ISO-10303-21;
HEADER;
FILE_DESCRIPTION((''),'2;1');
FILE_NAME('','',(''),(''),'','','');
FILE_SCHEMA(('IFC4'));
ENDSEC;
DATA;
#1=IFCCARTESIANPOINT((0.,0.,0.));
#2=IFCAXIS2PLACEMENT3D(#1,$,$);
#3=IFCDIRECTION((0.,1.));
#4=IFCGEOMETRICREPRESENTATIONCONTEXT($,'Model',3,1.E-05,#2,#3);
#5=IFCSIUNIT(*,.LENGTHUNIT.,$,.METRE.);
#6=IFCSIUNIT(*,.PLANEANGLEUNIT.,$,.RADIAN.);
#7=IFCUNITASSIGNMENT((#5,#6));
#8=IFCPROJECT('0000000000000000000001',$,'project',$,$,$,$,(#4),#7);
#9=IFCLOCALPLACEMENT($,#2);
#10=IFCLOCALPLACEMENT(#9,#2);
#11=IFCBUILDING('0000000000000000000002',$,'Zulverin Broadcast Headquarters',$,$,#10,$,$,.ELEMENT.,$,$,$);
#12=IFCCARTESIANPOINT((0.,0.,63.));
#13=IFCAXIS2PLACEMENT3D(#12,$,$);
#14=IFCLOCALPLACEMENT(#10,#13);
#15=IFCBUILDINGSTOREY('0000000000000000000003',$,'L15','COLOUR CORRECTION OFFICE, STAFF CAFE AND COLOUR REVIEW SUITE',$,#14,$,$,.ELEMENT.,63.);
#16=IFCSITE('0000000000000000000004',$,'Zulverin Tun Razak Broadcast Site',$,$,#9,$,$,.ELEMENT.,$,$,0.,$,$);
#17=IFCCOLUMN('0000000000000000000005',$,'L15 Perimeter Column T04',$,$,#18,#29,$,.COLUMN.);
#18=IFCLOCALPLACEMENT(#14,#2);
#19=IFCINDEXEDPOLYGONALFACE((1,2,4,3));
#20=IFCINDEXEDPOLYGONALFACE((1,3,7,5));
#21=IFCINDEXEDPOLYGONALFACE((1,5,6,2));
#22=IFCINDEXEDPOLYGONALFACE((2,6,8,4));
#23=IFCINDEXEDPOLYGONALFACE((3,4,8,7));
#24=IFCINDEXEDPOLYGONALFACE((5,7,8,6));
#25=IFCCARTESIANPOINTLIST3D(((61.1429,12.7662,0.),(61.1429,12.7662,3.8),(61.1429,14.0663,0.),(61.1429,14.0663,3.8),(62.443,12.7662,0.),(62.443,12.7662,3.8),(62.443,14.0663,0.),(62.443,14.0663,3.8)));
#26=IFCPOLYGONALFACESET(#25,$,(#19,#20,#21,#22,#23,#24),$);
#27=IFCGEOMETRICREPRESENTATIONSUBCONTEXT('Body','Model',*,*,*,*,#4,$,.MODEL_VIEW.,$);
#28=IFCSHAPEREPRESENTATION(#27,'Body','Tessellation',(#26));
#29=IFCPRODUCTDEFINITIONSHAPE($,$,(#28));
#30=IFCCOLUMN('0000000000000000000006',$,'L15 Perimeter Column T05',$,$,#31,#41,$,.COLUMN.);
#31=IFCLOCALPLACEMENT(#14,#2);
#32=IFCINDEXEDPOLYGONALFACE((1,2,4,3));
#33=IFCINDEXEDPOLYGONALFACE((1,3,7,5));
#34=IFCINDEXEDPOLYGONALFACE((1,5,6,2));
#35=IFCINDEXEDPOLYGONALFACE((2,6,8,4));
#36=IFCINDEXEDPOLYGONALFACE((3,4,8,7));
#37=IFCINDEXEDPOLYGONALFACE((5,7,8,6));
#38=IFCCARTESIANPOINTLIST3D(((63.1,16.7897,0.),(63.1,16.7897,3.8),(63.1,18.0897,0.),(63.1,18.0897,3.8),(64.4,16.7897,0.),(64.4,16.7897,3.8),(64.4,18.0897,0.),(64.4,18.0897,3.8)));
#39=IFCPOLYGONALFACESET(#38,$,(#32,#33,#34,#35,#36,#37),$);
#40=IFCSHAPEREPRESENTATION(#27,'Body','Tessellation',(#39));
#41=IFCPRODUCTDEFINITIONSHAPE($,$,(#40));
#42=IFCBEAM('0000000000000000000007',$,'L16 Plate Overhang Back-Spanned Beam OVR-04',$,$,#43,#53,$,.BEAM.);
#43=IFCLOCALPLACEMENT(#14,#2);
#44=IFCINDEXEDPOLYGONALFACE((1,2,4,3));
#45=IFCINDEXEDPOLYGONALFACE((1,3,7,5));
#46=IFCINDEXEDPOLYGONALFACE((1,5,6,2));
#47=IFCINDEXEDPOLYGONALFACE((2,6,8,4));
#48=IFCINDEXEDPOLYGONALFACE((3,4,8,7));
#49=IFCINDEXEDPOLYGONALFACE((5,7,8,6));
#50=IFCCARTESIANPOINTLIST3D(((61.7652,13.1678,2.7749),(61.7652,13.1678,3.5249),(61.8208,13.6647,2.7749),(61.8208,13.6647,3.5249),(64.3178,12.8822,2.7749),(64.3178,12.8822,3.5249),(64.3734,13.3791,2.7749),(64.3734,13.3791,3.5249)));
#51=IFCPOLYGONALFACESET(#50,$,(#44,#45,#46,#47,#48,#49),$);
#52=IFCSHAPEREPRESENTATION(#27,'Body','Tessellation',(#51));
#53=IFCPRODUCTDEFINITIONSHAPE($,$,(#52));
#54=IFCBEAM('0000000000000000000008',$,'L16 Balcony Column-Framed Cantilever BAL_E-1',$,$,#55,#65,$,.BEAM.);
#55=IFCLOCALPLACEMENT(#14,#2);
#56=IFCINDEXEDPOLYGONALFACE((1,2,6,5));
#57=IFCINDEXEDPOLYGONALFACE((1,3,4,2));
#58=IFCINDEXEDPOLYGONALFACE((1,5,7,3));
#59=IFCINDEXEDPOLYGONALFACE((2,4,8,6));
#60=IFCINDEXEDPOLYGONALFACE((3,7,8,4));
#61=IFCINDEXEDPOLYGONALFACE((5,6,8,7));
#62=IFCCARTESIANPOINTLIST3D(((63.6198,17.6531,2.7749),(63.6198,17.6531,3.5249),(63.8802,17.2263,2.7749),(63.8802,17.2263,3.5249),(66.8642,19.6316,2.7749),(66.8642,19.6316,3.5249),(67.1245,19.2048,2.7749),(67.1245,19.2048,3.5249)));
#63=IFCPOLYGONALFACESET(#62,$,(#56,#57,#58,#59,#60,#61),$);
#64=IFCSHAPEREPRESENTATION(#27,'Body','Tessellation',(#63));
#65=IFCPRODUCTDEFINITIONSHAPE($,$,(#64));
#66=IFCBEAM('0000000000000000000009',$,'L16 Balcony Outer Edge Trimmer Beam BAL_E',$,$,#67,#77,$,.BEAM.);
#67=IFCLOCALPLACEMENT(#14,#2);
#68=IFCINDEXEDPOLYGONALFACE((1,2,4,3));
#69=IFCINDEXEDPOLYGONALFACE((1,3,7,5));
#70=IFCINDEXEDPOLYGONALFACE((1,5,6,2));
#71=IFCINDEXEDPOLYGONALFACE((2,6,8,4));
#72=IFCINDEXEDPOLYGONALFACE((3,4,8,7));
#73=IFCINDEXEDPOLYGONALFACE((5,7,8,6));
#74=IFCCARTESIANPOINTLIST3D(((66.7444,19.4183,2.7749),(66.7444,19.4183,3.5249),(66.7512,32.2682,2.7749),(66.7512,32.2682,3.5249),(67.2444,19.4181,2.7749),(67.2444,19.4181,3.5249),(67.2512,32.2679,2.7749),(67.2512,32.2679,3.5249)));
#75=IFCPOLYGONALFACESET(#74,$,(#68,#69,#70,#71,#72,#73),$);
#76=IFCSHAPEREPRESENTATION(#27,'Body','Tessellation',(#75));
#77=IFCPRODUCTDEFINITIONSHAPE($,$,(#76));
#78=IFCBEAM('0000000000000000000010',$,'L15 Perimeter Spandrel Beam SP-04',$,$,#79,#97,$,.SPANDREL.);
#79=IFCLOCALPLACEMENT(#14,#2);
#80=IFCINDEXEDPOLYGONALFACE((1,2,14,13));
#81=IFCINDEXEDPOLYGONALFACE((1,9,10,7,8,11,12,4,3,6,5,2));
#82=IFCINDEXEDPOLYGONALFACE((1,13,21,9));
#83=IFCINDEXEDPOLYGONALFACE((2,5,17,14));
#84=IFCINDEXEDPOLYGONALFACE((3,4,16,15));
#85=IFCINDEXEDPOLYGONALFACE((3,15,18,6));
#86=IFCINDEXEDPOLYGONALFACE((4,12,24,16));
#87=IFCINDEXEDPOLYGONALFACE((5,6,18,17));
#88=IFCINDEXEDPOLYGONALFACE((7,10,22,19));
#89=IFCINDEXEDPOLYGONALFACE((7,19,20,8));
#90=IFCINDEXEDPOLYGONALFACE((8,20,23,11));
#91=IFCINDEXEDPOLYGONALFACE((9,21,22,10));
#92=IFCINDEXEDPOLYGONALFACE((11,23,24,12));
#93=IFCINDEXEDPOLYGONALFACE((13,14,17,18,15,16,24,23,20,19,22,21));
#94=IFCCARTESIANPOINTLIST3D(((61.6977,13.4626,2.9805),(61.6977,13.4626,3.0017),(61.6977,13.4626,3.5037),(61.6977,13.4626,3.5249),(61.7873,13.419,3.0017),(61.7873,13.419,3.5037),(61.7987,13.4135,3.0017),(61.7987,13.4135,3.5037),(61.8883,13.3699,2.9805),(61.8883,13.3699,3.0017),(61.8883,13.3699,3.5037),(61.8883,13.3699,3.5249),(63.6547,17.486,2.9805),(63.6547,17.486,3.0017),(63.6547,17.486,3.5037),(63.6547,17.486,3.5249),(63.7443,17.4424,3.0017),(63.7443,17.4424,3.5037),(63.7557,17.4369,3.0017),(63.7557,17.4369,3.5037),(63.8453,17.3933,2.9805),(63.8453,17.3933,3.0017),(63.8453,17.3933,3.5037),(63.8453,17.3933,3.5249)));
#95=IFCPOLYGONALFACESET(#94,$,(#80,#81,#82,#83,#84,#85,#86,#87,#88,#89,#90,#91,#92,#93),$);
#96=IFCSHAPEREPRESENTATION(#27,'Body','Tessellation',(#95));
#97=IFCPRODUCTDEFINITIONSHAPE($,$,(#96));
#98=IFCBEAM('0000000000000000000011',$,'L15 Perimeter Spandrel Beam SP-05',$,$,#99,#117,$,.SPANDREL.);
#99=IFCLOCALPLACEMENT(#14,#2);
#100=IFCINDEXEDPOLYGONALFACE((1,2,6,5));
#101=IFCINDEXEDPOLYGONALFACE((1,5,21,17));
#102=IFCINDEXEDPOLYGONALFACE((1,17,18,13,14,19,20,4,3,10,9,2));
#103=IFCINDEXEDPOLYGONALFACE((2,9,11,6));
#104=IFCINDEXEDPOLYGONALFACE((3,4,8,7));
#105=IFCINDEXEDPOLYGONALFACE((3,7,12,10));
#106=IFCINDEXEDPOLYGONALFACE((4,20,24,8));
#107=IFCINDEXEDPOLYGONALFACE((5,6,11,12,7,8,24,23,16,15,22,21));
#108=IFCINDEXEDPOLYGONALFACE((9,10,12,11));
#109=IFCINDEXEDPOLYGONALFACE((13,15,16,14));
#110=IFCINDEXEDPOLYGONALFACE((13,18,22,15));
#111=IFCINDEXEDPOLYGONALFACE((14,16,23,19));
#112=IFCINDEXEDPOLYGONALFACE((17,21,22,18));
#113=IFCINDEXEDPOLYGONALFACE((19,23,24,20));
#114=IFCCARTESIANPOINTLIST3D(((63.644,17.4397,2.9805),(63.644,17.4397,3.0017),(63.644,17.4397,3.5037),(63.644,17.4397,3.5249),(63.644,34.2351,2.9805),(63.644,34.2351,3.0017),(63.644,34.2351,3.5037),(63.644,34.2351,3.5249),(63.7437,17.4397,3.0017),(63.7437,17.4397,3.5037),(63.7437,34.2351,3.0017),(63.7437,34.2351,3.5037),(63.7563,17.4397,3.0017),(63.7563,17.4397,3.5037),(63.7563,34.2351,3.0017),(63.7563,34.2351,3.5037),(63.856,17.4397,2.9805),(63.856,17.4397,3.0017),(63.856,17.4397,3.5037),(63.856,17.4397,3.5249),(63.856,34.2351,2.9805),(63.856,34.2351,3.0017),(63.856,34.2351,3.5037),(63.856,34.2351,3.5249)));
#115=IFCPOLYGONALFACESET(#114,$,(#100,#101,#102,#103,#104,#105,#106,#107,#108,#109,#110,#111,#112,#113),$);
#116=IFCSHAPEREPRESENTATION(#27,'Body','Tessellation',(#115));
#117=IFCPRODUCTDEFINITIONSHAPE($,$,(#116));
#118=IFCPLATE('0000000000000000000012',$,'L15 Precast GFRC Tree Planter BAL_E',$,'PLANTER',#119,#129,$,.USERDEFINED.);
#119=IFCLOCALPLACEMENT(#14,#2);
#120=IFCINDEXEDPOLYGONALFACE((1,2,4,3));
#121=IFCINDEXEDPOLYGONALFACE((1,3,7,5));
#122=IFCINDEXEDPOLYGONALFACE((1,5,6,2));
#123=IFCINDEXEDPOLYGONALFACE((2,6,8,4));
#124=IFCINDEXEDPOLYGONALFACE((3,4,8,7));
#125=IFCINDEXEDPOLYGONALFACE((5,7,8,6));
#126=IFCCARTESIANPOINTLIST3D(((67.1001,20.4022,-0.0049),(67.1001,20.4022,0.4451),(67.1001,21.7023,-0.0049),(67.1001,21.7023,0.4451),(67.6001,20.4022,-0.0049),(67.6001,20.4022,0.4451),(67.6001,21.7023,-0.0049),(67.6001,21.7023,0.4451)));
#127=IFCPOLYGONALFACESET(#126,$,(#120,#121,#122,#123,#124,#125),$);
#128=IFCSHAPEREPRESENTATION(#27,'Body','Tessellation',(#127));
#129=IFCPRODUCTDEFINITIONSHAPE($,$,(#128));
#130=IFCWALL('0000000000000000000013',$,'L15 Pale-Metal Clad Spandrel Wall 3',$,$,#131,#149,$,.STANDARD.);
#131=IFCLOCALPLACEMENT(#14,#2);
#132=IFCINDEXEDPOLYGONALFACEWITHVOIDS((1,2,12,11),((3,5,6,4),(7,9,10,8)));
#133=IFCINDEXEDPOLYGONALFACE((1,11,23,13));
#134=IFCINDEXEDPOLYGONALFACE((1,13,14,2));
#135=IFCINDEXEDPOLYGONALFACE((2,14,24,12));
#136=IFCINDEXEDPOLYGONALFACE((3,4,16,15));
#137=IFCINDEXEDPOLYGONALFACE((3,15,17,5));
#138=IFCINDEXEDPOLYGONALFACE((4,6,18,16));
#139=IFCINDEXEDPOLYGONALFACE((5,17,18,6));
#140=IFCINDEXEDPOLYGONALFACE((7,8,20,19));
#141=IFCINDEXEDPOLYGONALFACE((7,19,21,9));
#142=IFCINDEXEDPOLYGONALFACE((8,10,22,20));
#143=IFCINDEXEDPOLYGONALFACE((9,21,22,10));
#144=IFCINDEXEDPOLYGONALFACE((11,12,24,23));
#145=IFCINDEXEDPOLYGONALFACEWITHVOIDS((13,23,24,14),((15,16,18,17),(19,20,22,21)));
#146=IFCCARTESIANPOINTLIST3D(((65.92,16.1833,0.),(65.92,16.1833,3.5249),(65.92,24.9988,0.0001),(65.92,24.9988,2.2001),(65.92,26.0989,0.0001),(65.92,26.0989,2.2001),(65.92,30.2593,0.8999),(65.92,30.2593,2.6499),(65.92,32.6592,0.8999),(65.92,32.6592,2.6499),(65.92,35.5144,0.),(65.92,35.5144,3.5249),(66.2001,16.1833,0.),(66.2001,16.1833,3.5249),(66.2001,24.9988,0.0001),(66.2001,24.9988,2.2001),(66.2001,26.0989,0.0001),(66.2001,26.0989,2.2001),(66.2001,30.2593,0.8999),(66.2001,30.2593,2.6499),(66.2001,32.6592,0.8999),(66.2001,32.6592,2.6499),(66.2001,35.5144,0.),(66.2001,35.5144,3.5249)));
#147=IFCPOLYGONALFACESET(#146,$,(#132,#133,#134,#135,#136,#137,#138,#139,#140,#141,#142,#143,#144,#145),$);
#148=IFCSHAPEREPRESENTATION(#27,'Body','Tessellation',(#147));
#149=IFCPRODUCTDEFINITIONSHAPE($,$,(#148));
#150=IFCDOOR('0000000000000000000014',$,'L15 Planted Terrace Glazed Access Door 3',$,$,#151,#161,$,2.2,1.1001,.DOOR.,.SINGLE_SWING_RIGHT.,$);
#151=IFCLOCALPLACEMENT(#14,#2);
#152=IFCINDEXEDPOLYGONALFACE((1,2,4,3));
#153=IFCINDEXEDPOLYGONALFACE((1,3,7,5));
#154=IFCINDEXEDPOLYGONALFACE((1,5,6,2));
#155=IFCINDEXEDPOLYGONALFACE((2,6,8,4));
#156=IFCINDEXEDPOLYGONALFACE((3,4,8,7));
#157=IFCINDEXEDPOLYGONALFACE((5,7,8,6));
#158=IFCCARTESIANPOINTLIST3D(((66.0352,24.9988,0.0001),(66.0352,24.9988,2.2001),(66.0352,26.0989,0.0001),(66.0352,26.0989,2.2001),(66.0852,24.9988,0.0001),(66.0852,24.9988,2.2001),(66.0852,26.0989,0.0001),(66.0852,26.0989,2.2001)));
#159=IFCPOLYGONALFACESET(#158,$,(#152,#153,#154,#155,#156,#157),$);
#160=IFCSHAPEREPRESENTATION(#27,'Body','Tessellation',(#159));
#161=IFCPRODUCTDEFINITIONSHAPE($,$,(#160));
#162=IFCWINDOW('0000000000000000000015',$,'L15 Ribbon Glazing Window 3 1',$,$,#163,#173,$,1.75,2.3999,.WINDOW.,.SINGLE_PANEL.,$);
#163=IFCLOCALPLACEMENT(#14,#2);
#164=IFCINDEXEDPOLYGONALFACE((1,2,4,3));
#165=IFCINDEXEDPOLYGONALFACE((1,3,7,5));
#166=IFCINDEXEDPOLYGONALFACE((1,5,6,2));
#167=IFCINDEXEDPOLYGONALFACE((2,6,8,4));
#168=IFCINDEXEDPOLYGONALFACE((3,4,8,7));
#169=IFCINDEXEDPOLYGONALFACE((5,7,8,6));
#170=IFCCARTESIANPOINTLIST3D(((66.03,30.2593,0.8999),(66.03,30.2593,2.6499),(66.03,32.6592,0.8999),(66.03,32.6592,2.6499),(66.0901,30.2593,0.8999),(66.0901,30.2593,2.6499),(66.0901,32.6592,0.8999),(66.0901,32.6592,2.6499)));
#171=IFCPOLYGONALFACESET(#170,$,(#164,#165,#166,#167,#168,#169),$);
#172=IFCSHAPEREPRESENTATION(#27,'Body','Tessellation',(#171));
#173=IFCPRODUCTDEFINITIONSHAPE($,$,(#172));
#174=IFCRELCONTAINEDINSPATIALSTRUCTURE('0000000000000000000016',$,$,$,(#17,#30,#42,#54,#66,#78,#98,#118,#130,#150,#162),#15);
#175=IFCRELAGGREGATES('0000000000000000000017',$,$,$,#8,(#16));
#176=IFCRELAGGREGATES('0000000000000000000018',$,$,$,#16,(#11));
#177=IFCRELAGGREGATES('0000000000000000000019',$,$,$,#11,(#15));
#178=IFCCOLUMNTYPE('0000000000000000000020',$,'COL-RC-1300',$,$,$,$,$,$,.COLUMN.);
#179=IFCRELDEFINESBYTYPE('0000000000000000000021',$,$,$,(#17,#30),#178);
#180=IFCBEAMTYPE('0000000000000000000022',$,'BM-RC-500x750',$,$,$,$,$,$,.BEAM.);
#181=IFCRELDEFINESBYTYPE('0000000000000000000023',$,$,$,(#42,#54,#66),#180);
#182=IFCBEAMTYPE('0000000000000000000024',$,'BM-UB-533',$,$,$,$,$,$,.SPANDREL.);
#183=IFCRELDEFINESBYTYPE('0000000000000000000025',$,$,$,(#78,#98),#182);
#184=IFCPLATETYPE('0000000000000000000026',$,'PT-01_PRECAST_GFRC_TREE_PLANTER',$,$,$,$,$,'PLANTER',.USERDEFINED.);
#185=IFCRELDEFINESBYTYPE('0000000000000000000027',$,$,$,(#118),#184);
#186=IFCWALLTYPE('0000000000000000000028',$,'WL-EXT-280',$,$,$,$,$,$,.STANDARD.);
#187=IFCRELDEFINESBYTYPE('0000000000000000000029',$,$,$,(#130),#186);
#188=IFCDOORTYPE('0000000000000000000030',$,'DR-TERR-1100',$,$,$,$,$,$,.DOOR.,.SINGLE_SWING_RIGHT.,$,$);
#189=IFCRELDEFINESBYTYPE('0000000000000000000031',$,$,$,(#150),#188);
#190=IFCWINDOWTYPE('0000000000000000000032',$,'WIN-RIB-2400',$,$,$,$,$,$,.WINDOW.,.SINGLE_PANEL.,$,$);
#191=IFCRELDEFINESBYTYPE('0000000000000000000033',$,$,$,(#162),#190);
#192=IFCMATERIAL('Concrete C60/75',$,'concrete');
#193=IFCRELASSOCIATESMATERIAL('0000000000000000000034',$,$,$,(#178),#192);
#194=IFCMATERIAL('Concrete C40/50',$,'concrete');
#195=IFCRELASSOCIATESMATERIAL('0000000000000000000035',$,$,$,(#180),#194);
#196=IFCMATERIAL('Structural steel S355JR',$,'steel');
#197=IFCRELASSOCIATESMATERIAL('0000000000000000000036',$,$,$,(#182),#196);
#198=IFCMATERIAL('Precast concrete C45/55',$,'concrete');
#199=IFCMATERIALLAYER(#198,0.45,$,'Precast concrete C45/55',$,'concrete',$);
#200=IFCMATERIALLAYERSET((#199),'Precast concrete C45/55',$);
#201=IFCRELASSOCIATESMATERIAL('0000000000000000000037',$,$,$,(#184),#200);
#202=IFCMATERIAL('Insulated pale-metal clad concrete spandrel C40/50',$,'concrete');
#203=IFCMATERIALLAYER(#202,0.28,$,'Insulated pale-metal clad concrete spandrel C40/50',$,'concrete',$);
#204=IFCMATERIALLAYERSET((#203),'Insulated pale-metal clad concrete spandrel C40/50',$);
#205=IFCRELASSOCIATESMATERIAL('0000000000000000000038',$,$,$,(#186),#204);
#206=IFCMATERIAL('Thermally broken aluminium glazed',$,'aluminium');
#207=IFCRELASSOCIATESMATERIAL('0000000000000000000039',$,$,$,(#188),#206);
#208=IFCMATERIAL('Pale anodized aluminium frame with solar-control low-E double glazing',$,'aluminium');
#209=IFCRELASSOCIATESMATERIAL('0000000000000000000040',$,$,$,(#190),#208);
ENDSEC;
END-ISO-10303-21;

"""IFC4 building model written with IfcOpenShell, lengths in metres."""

from ifc_helpers import new_model, si_unit, direction, frame, frame_2d, origin, origin_2d, place, context, subcontext, project, spatial, rectangle, i_section, extrude, material, layer, layer_set, material_profile, profile_set, type_object, element, fill, save


model = new_model("IFC4")

# Units and contexts
model_context = context("Model", 3, precision=1e-05, world=origin(), true_north=direction((0.0, 1.0)))
body_context = subcontext(model_context, "Body", "Model", "MODEL_VIEW")
ifc_project = project(units=[si_unit("LENGTHUNIT", "METRE"), si_unit("PLANEANGLEUNIT", "RADIAN")], contexts=[model_context])

# Site, building, storey
site_placement = place(None, origin())
site = spatial("IfcSite", under=ifc_project, at=site_placement, Name="Zulverin Tun Razak Broadcast Site", CompositionType="ELEMENT", RefElevation=0.0)
building_placement = place(site_placement, origin())
building = spatial("IfcBuilding", under=site, at=building_placement, Name="Zulverin Broadcast Headquarters", CompositionType="ELEMENT")
storey_placement = place(building_placement, frame((0.0, 0.0, 63.0)))
storey = spatial("IfcBuildingStorey", under=building, at=storey_placement, Name="L15", Description="COLOUR CORRECTION OFFICE, STAFF CAFE AND COLOUR REVIEW SUITE", CompositionType="ELEMENT", Elevation=63.0)

# Columns
ifc_material_1 = material(Name="Concrete C60/75", Category="concrete")
ifc_material_profile_1 = material_profile(ifc_material_1, rectangle(XDim=1.3, YDim=1.3, at=origin_2d()), Name="Concrete C60/75", Category="concrete")
ifc_profile_set_1 = profile_set([ifc_material_profile_1], Name="Concrete C60/75")
column_type = type_object("IfcColumnType", Name="COL-RC-1300", PredefinedType="COLUMN", material=ifc_profile_set_1)
for number, where, z_axis, x_axis, name in (
    (1, (61.793, 13.4163, 0.0), (0.0, 0.0, 1.0), (1.0, 0.0, 0.0), "L15 Perimeter Column T04"),
    (2, (63.75, 17.4397, 0.0), (0.0, 0.0, 1.0), (1.0, 0.0, 0.0), "L15 Perimeter Column T05"),
):
    element("IfcColumn", number, at=place(storey_placement, frame(where, z_axis=z_axis, x_axis=x_axis)), inside=storey, type_object=column_type, Name=name, PredefinedType="COLUMN", context=body_context, shape_type="SweptSolid", body=[
        extrude(rectangle(XDim=1.3, YDim=1.3, at=origin_2d()), origin(), (0.0, 0.0, 1.0), 3.8),
    ])

# Beams
ifc_material_2 = material(Name="Concrete C40/50", Category="concrete")
ifc_material_profile_2 = material_profile(ifc_material_2, rectangle(XDim=0.5, YDim=0.75, at=origin_2d()), Name="Concrete C40/50", Category="concrete")
ifc_profile_set_2 = profile_set([ifc_material_profile_2], Name="Concrete C40/50")
beam_type_1 = type_object("IfcBeamType", Name="BM-RC-500x750", PredefinedType="BEAM", material=ifc_profile_set_2)
beam_1_placement = place(storey_placement, frame((61.793, 13.4163, 3.1499), z_axis=(0.993798, -0.111203, 0.0), x_axis=(0.111203, 0.993798, 0.0)))
element("IfcBeam", 3, at=beam_1_placement, inside=storey, type_object=beam_type_1, Name="L16 Plate Overhang Back-Spanned Beam OVR-04", PredefinedType="BEAM", context=body_context, shape_type="SweptSolid", body=[
    extrude(rectangle(XDim=0.5, YDim=0.75, at=origin_2d()), origin(), (0.0, 0.0, 1.0), 2.5686),
])
beam_2_placement = place(storey_placement, frame((63.75, 17.4397, 3.1499), z_axis=(0.853769, 0.520652, 0.0), x_axis=(-0.520652, 0.853769, 0.0)))
element("IfcBeam", 4, at=beam_2_placement, inside=storey, type_object=beam_type_1, Name="L16 Balcony Column-Framed Cantilever BAL_E-1", PredefinedType="BEAM", context=body_context, shape_type="SweptSolid", body=[
    extrude(rectangle(XDim=0.5, YDim=0.75, at=origin_2d()), origin(), (0.0, 0.0, 1.0), 3.8),
])
beam_3_placement = place(storey_placement, frame((66.9944, 19.4182, 3.1499), z_axis=(0.000532, 1.0, 0.0), x_axis=(-1.0, 0.000532, 0.0)))
element("IfcBeam", 5, at=beam_3_placement, inside=storey, type_object=beam_type_1, Name="L16 Balcony Outer Edge Trimmer Beam BAL_E", PredefinedType="BEAM", context=body_context, shape_type="SweptSolid", body=[
    extrude(rectangle(XDim=0.5, YDim=0.75, at=origin_2d()), origin(), (0.0, 0.0, 1.0), 12.8499),
])
ifc_material_3 = material(Name="Structural steel S355JR", Category="steel")
ifc_material_profile_3 = material_profile(ifc_material_3, i_section(OverallWidth=0.2119, OverallDepth=0.5444, WebThickness=0.0127, FlangeThickness=0.0212, at=origin_2d()), Name="Structural steel S355JR", Category="steel")
ifc_profile_set_3 = profile_set([ifc_material_profile_3], Name="Structural steel S355JR")
beam_type_2 = type_object("IfcBeamType", Name="BM-UB-533", PredefinedType="SPANDREL", material=ifc_profile_set_3)
beam_4_placement = place(storey_placement, frame((61.793, 13.4163, 3.2527), z_axis=(0.437408, 0.899263, 0.0), x_axis=(-0.899263, 0.437408, 0.0)))
element("IfcBeam", 6, at=beam_4_placement, inside=storey, type_object=beam_type_2, Name="L15 Perimeter Spandrel Beam SP-04", PredefinedType="SPANDREL", context=body_context, shape_type="SweptSolid", body=[
    extrude(i_section(OverallWidth=0.2119, OverallDepth=0.5444, WebThickness=0.0127, FlangeThickness=0.0212, at=origin_2d()), origin(), (0.0, 0.0, 1.0), 4.4741),
])
beam_5_placement = place(storey_placement, frame((63.75, 17.4397, 3.2527), z_axis=(0.0, 1.0, 0.0), x_axis=(-1.0, 0.0, 0.0)))
element("IfcBeam", 7, at=beam_5_placement, inside=storey, type_object=beam_type_2, Name="L15 Perimeter Spandrel Beam SP-05", PredefinedType="SPANDREL", context=body_context, shape_type="SweptSolid", body=[
    extrude(i_section(OverallWidth=0.2119, OverallDepth=0.5444, WebThickness=0.0127, FlangeThickness=0.0212, at=origin_2d()), origin(), (0.0, 0.0, 1.0), 16.7954),
])

# Plate
ifc_material_4 = material(Name="Precast concrete C45/55", Category="concrete")
ifc_layer_1 = layer(ifc_material_4, 0.45, Name="Precast concrete C45/55", Category="concrete")
ifc_layer_set_1 = layer_set([ifc_layer_1], Name="Precast concrete C45/55")
plate_type = type_object("IfcPlateType", Name="PT-01_PRECAST_GFRC_TREE_PLANTER", ElementType="PLANTER", PredefinedType="USERDEFINED", material=ifc_layer_set_1)
plate_placement = place(storey_placement, frame((67.3501, 21.0522, -0.0049), z_axis=(0.0, 0.0, 1.0), x_axis=(0.0, 1.0, 0.0)))
element("IfcPlate", 8, at=plate_placement, inside=storey, type_object=plate_type, Name="L15 Precast GFRC Tree Planter BAL_E", ObjectType="PLANTER", PredefinedType="USERDEFINED", context=body_context, shape_type="SweptSolid", body=[
    extrude(rectangle(XDim=1.3, YDim=0.5, at=origin_2d()), origin(), (0.0, 0.0, 1.0), 0.45),
])

# Wall, openings, door, window
ifc_material_5 = material(Name="Insulated pale-metal clad concrete spandrel C40/50", Category="concrete")
ifc_layer_2 = layer(ifc_material_5, 0.28, Name="Insulated pale-metal clad concrete spandrel C40/50", Category="concrete")
ifc_layer_set_2 = layer_set([ifc_layer_2], Name="Insulated pale-metal clad concrete spandrel C40/50")
wall_type = type_object("IfcWallType", Name="WL-EXT-280", PredefinedType="STANDARD", material=ifc_layer_set_2)
wall_1_placement = place(storey_placement, frame((66.0601, 16.1833, 0.0), z_axis=(0.0, 0.0, 1.0), x_axis=(0.0, 1.0, 0.0)))
wall_1 = element("IfcWall", 9, at=wall_1_placement, inside=storey, type_object=wall_type, Name="L15 Pale-Metal Clad Spandrel Wall 3", PredefinedType="STANDARD", context=body_context, shape_type="SweptSolid", body=[
    extrude(rectangle(XDim=19.3311, YDim=0.28, at=frame_2d((9.6655, 0.0))), origin(), (0.0, 0.0, 1.0), 3.5249),
])
opening_1_placement = place(wall_1_placement, frame((8.8154, 0.0, 0.0)))
opening_1 = element("IfcOpeningElement", 10, at=opening_1_placement, cuts=wall_1, PredefinedType="OPENING", context=body_context, shape_type="SweptSolid", body=[
    extrude(rectangle(XDim=1.1001, YDim=2.2, at=frame_2d((0.55, 1.1001))), frame((0.0, 0.1499, 0.0), z_axis=(0.0, -1.0, 0.0), x_axis=(1.0, 0.0, 0.0)), (0.0, 0.0, 1.0), 0.3),
])
opening_2_placement = place(wall_1_placement, frame((14.0759, 0.0, 0.8999)))
opening_2 = element("IfcOpeningElement", 11, at=opening_2_placement, cuts=wall_1, PredefinedType="OPENING", context=body_context, shape_type="SweptSolid", body=[
    extrude(rectangle(XDim=2.3999, YDim=1.75, at=frame_2d((1.2, 0.875))), frame((0.0, 0.1499, 0.0), z_axis=(0.0, -1.0, 0.0), x_axis=(1.0, 0.0, 0.0)), (0.0, 0.0, 1.0), 0.3),
])
ifc_material_6 = material(Name="Thermally broken aluminium glazed", Category="aluminium")
door_type = type_object("IfcDoorType", Name="DR-TERR-1100", OperationType="SINGLE_SWING_RIGHT", PredefinedType="DOOR", material=ifc_material_6)
door_placement = place(opening_1_placement, origin())
door = element("IfcDoor", 12, at=door_placement, inside=storey, type_object=door_type, Name="L15 Planted Terrace Glazed Access Door 3", OperationType="SINGLE_SWING_RIGHT", OverallHeight=2.2, OverallWidth=1.1001, PredefinedType="DOOR", context=body_context, shape_type="SweptSolid", body=[
    extrude(rectangle(XDim=1.1001, YDim=2.2, at=frame_2d((0.55, 1.1001))), frame((0.0, 0.0249, 0.0), z_axis=(0.0, -1.0, 0.0), x_axis=(1.0, 0.0, 0.0)), (0.0, 0.0, 1.0), 0.05),
])
fill(opening_1, door)
ifc_material_7 = material(Name="Pale anodized aluminium frame with solar-control low-E double glazing", Category="aluminium")
window_type = type_object("IfcWindowType", Name="WIN-RIB-2400", PartitioningType="SINGLE_PANEL", PredefinedType="WINDOW", material=ifc_material_7)
window_placement = place(opening_2_placement, origin())
window = element("IfcWindow", 13, at=window_placement, inside=storey, type_object=window_type, Name="L15 Ribbon Glazing Window 3 1", OverallHeight=1.75, OverallWidth=2.3999, PartitioningType="SINGLE_PANEL", PredefinedType="WINDOW", context=body_context, shape_type="SweptSolid", body=[
    extrude(rectangle(XDim=2.3999, YDim=1.75, at=frame_2d((1.2, 0.875))), frame((0.0, 0.03, 0.0), z_axis=(0.0, -1.0, 0.0), x_axis=(1.0, 0.0, 0.0)), (0.0, 0.0, 1.0), 0.0601),
])
fill(opening_2, window)

save(model, "model.ifc")
